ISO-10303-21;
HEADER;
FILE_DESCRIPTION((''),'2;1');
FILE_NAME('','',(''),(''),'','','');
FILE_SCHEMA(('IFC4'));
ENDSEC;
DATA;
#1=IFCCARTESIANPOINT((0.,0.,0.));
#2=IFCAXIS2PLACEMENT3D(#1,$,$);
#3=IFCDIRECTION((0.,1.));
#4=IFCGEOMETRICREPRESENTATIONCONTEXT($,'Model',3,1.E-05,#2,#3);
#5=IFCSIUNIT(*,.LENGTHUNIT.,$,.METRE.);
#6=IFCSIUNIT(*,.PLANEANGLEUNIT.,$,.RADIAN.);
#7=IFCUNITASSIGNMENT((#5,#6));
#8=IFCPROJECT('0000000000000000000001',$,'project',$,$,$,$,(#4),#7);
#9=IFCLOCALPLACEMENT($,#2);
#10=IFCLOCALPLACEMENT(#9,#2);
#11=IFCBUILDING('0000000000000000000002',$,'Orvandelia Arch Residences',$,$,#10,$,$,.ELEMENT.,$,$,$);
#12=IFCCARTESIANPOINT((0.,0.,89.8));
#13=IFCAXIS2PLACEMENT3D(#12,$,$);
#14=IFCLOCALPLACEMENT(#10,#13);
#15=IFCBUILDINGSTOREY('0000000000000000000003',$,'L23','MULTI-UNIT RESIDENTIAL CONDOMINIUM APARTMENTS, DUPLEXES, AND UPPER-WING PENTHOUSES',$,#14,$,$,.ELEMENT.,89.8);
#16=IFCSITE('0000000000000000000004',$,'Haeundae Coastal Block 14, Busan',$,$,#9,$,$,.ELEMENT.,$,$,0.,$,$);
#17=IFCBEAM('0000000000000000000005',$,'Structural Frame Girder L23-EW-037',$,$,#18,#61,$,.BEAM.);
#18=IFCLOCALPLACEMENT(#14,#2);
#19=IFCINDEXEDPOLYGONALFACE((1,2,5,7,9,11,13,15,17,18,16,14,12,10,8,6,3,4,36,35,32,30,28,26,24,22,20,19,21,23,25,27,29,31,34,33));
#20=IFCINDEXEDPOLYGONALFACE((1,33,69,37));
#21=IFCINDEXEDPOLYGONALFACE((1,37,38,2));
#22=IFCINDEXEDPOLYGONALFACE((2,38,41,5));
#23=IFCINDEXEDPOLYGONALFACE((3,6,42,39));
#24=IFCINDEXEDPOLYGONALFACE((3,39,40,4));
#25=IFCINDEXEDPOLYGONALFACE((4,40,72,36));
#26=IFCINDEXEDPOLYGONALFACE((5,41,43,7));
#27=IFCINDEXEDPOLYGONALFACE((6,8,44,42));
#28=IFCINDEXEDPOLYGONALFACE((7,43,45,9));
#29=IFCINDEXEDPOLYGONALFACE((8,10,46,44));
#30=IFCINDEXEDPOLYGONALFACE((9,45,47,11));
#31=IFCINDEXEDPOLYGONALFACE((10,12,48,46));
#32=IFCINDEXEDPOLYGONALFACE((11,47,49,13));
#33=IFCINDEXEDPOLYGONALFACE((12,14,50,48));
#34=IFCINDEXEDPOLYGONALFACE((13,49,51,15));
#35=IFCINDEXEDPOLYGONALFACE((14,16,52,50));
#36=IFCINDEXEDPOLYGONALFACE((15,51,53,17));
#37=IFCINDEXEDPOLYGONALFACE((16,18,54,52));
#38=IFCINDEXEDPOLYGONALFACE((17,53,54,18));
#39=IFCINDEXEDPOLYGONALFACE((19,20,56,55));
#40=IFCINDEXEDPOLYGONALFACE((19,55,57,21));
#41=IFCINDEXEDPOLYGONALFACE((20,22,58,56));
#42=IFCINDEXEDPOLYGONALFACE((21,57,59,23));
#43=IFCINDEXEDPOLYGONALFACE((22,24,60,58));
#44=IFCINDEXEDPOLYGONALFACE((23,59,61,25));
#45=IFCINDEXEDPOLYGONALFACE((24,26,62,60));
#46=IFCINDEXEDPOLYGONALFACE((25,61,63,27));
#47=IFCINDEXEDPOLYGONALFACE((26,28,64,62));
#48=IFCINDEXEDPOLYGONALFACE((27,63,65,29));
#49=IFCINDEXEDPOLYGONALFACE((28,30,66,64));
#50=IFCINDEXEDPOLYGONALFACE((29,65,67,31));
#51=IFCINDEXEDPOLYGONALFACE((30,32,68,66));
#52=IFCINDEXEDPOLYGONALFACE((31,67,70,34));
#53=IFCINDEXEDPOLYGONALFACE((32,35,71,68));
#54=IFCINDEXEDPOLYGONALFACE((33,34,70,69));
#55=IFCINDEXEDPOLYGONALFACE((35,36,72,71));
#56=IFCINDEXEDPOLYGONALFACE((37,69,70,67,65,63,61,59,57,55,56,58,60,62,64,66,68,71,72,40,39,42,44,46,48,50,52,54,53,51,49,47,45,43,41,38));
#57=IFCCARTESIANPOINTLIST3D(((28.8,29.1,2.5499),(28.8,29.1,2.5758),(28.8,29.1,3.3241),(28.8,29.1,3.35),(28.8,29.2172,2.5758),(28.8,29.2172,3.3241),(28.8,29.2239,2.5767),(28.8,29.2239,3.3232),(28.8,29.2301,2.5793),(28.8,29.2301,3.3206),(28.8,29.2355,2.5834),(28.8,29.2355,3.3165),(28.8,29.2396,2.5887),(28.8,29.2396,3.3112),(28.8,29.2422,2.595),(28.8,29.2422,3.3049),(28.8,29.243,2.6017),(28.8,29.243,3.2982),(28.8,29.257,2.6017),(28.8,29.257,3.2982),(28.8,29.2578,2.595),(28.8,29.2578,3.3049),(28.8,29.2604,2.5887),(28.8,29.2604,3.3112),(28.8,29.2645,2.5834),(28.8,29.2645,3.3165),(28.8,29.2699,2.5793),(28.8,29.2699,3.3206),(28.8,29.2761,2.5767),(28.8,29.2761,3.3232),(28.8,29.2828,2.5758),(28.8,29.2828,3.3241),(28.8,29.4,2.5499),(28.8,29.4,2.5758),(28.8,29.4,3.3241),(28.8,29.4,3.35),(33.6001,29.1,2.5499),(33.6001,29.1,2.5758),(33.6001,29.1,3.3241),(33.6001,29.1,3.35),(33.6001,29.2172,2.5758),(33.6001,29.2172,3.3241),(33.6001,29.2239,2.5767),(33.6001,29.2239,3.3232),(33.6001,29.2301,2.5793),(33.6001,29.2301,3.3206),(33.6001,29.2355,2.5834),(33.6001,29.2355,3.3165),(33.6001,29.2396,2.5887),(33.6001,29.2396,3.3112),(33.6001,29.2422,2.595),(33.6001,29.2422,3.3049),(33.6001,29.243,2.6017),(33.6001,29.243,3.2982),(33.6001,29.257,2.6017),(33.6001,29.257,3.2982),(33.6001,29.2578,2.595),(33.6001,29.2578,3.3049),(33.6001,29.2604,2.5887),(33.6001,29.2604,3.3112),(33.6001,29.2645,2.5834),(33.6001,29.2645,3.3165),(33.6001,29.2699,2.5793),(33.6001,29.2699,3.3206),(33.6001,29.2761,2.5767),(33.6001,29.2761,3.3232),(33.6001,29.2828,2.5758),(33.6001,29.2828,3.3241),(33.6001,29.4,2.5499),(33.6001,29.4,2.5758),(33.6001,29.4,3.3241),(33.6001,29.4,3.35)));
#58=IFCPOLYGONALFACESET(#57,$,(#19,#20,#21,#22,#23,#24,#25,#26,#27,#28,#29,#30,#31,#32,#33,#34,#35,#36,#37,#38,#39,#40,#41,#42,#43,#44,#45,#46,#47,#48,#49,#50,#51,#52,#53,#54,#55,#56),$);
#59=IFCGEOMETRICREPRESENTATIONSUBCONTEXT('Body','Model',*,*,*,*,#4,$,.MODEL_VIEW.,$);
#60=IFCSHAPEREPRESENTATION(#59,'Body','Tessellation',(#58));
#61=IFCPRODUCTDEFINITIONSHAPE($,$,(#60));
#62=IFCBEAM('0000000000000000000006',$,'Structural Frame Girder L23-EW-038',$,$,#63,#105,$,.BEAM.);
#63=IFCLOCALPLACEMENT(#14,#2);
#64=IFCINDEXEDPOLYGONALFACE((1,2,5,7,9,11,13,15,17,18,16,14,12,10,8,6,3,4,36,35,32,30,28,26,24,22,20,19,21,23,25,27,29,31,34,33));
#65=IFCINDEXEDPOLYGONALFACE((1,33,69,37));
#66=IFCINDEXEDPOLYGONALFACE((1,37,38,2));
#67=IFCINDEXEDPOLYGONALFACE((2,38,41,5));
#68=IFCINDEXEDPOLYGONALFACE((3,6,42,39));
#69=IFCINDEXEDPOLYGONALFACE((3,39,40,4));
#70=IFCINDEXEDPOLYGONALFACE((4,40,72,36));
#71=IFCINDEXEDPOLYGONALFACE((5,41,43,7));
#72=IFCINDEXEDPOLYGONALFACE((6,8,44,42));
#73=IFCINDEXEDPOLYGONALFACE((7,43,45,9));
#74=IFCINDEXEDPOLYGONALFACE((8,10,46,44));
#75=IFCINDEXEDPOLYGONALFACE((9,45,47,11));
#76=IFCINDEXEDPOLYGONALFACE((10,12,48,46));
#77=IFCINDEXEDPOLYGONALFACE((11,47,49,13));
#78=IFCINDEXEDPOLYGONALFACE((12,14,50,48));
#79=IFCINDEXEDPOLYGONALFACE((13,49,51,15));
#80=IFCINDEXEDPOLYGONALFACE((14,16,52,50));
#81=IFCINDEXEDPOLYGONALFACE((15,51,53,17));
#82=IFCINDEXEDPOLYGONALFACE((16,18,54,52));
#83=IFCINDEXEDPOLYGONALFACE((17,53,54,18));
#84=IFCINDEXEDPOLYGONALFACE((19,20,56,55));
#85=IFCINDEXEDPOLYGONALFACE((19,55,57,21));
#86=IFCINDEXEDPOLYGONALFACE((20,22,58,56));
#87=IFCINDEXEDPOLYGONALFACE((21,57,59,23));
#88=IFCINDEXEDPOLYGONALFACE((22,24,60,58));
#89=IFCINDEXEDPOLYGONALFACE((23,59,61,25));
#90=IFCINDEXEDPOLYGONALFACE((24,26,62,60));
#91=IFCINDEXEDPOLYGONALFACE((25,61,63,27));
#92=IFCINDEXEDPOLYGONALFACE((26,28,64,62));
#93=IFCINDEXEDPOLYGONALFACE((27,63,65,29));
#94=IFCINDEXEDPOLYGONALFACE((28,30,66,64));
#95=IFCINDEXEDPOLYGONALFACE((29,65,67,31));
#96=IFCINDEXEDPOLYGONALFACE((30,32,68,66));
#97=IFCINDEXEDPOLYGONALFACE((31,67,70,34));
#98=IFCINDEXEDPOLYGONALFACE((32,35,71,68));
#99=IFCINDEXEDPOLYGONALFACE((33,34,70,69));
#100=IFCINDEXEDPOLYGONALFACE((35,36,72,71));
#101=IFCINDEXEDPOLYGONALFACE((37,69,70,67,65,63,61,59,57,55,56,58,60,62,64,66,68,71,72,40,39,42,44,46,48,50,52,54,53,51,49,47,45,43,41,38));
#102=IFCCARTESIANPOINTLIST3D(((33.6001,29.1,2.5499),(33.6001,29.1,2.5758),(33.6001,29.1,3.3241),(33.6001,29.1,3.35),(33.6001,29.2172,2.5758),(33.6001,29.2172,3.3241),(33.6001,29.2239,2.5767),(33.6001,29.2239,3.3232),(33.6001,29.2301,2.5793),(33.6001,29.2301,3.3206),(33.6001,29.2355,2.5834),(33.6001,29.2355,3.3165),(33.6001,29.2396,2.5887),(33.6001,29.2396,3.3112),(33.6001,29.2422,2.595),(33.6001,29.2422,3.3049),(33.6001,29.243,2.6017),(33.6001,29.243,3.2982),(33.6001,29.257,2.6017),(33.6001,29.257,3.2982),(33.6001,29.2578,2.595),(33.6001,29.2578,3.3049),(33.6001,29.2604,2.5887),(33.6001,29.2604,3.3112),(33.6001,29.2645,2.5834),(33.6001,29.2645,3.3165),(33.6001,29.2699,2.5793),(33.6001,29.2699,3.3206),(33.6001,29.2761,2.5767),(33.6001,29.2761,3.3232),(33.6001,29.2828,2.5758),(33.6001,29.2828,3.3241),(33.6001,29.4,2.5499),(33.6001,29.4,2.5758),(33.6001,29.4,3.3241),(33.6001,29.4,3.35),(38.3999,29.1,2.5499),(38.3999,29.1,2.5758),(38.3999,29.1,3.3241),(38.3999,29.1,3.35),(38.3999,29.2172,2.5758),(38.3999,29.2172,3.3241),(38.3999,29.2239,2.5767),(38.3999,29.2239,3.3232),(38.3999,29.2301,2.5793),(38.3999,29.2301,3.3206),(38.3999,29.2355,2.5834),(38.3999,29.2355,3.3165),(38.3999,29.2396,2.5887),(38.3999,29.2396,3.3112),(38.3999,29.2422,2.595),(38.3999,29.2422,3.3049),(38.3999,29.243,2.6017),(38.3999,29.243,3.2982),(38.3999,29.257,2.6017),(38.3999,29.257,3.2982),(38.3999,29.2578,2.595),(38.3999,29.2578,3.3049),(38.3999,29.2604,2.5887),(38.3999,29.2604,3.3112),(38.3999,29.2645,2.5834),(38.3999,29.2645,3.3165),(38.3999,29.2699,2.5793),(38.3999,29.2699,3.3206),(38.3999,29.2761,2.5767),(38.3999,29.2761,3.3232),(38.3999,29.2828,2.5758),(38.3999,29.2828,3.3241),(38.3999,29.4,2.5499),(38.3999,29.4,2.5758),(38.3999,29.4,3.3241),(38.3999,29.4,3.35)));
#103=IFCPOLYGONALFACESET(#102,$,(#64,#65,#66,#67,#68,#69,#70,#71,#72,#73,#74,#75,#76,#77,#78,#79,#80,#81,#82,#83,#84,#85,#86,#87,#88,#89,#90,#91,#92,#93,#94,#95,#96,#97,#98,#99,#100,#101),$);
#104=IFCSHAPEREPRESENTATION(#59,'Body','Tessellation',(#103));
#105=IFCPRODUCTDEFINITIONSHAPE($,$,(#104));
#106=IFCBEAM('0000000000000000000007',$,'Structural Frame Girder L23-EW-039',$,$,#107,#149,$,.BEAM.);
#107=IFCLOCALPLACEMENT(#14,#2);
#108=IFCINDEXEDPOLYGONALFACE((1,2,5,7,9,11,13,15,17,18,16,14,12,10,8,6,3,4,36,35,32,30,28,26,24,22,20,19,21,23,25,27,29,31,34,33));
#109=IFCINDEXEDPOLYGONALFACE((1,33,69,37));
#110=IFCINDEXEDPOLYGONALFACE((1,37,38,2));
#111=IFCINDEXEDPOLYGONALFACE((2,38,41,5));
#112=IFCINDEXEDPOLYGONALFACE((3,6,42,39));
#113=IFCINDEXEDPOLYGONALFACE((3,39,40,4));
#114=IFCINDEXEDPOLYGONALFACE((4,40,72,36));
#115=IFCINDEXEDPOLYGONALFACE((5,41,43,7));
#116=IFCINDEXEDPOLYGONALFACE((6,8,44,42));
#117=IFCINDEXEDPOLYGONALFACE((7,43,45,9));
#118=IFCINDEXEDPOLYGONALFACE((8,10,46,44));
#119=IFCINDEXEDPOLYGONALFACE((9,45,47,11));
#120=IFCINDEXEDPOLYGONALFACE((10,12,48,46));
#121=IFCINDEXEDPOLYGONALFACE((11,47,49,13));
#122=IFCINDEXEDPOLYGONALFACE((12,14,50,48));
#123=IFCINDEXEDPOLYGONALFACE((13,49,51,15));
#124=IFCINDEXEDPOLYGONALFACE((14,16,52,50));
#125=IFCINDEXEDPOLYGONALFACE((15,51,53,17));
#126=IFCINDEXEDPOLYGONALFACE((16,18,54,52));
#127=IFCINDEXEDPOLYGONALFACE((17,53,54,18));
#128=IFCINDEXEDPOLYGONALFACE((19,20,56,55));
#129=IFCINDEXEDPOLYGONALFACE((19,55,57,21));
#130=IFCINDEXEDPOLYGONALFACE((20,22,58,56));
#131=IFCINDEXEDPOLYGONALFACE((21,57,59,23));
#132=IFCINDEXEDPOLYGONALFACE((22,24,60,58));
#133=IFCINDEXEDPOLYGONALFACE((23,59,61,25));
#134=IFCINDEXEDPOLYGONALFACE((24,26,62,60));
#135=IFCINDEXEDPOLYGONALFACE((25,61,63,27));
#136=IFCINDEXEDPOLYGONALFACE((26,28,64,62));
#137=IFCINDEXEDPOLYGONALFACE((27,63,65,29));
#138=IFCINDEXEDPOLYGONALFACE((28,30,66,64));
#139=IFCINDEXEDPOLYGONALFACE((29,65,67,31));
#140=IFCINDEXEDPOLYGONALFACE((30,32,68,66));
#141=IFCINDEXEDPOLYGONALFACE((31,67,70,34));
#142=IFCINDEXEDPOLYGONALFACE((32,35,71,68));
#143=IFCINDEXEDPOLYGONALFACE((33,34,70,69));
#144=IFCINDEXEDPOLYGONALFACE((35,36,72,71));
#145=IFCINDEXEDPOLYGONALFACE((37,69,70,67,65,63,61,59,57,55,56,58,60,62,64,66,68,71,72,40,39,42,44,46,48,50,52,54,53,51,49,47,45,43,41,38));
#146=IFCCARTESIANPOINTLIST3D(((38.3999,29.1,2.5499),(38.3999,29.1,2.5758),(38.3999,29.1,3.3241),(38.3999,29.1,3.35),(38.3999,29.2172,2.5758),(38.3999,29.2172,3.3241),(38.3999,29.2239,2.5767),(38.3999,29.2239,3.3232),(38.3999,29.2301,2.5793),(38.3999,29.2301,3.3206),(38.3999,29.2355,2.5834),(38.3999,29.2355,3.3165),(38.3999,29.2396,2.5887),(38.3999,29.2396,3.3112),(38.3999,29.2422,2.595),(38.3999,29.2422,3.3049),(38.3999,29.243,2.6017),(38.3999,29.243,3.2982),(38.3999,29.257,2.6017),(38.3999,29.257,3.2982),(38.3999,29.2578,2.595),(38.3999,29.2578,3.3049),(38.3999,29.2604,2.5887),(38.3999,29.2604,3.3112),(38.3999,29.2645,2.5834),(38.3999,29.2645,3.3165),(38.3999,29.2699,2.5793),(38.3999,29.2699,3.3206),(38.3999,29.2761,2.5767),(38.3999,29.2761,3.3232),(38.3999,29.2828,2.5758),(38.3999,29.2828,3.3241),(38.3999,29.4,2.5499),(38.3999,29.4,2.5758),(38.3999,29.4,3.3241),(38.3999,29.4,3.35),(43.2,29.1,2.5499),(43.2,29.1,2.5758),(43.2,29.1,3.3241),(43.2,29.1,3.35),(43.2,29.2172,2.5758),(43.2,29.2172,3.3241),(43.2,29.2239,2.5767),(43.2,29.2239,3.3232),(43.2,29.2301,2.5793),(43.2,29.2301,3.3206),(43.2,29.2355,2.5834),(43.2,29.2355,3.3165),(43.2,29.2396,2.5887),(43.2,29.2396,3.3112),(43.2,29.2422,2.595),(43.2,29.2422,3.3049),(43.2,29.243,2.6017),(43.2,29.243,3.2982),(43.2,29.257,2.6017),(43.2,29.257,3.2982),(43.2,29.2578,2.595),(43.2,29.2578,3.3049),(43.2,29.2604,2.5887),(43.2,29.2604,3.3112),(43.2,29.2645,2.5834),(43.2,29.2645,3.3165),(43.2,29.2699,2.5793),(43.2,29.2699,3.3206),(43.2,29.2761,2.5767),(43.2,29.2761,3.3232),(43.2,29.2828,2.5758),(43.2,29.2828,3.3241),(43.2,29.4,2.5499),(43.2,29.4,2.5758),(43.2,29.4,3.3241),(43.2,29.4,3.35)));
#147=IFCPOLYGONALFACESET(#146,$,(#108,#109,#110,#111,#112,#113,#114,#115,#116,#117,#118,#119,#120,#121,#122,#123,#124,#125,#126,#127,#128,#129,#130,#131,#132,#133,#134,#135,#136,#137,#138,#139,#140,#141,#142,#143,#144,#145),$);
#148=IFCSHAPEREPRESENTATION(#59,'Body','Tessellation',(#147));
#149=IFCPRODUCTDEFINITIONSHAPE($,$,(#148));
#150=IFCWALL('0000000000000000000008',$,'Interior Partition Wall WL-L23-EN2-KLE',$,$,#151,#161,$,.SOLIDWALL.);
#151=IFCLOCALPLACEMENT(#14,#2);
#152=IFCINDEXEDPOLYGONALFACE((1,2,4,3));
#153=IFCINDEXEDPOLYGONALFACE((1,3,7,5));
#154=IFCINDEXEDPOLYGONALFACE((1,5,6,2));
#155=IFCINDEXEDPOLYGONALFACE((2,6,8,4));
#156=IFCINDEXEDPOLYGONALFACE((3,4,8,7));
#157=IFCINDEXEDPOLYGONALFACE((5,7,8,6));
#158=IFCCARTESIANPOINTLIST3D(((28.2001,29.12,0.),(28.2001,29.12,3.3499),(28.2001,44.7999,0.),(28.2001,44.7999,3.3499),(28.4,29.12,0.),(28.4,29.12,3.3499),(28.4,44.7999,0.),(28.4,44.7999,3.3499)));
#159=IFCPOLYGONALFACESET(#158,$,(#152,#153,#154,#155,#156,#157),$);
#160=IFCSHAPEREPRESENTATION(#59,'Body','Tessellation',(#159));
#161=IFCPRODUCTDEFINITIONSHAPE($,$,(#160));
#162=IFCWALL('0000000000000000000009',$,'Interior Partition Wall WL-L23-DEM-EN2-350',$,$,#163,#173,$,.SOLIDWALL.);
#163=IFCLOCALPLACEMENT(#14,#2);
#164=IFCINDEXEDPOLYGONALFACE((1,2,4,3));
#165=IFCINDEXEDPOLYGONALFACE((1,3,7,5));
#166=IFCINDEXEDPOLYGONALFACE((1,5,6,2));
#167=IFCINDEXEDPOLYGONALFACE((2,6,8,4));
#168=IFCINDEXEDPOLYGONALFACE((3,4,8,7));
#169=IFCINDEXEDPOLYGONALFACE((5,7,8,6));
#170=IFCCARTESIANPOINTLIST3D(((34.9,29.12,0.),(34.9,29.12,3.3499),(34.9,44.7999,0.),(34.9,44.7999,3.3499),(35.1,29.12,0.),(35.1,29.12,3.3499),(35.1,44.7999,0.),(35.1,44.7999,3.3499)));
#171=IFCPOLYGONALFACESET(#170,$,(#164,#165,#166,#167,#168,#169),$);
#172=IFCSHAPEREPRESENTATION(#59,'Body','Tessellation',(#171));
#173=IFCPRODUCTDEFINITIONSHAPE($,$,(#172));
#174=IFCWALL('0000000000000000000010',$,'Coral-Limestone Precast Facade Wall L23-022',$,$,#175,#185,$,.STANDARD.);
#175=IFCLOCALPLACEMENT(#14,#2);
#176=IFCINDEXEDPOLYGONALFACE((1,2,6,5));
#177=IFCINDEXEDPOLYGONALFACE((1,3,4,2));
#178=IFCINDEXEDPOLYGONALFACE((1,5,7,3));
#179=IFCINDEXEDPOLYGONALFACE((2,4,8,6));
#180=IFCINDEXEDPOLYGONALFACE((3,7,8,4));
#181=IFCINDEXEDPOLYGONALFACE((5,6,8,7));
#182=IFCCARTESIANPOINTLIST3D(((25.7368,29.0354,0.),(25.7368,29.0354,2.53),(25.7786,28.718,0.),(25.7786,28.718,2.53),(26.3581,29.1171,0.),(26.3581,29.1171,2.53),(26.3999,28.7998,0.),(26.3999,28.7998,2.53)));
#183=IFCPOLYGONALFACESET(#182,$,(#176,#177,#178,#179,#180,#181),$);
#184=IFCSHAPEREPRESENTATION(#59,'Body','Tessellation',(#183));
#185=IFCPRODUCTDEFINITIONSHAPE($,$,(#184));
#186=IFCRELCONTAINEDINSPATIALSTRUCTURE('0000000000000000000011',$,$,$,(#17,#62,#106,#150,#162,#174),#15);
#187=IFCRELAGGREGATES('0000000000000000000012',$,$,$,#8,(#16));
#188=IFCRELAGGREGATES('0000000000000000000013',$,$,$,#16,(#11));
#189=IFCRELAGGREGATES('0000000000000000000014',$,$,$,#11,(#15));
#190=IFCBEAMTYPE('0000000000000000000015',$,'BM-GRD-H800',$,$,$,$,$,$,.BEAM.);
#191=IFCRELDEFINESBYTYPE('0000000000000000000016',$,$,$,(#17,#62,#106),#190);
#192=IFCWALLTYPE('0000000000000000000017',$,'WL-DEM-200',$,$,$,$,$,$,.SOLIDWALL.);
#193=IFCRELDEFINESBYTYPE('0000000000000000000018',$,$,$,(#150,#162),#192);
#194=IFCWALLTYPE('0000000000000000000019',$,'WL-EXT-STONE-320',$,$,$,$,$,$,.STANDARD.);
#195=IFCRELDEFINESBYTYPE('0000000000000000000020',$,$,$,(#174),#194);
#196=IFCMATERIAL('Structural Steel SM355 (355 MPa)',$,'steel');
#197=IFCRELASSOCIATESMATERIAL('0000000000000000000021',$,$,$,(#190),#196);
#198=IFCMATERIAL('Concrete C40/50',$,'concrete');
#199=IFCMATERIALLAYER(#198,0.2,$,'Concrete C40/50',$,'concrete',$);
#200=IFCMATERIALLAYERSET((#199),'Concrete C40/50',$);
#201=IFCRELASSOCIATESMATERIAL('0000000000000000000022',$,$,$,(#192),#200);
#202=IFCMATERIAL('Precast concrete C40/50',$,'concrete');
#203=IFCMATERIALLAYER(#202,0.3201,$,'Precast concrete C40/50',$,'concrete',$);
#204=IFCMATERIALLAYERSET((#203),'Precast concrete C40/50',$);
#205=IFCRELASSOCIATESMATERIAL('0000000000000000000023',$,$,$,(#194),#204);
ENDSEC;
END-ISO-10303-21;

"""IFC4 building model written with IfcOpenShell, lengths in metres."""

from ifc_helpers import new_model, si_unit, direction, frame, frame_2d, origin, origin_2d, place, context, subcontext, project, spatial, rectangle, i_section, extrude, material, layer, layer_set, material_profile, profile_set, type_object, element, save


model = new_model("IFC4")

# Units and contexts
model_context = context("Model", 3, precision=1e-05, world=origin(), true_north=direction((0.0, 1.0)))
body_context = subcontext(model_context, "Body", "Model", "MODEL_VIEW")
ifc_project = project(units=[si_unit("LENGTHUNIT", "METRE"), si_unit("PLANEANGLEUNIT", "RADIAN")], contexts=[model_context])

# Site, building, storey
site_placement = place(None, origin())
site = spatial("IfcSite", under=ifc_project, at=site_placement, Name="Haeundae Coastal Block 14, Busan", CompositionType="ELEMENT", RefElevation=0.0)
building_placement = place(site_placement, origin())
building = spatial("IfcBuilding", under=site, at=building_placement, Name="Orvandelia Arch Residences", CompositionType="ELEMENT")
storey_placement = place(building_placement, frame((0.0, 0.0, 89.8)))
storey = spatial("IfcBuildingStorey", under=building, at=storey_placement, Name="L23", Description="MULTI-UNIT RESIDENTIAL CONDOMINIUM APARTMENTS, DUPLEXES, AND UPPER-WING PENTHOUSES", CompositionType="ELEMENT", Elevation=89.8)

# Beams
ifc_material_1 = material(Name="Structural Steel SM355 (355 MPa)", Category="steel")
ifc_material_profile_1 = material_profile(ifc_material_1, i_section(OverallWidth=0.3, OverallDepth=0.8, WebThickness=0.0139, FlangeThickness=0.0259, FilletRadius=0.0259, at=origin_2d()), Name="Structural Steel SM355 (355 MPa)", Category="steel")
ifc_profile_set_1 = profile_set([ifc_material_profile_1], Name="Structural Steel SM355 (355 MPa)")
beam_type = type_object("IfcBeamType", Name="BM-GRD-H800", PredefinedType="BEAM", material=ifc_profile_set_1)
beam_1_placement = place(storey_placement, frame((28.8, 29.25, 2.95), z_axis=(1.0, 0.0, 0.0), x_axis=(0.0, 1.0, 0.0)))
element("IfcBeam", 1, at=beam_1_placement, inside=storey, type_object=beam_type, Name="Structural Frame Girder L23-EW-037", PredefinedType="BEAM", context=body_context, shape_type="SweptSolid", body=[
    extrude(i_section(OverallWidth=0.3, OverallDepth=0.8, WebThickness=0.0139, FlangeThickness=0.0259, FilletRadius=0.0259, at=origin_2d()), origin(), (0.0, 0.0, 1.0), 4.8),
])
beam_2_placement = place(storey_placement, frame((33.6001, 29.25, 2.95), z_axis=(1.0, 0.0, 0.0), x_axis=(0.0, 1.0, 0.0)))
element("IfcBeam", 2, at=beam_2_placement, inside=storey, type_object=beam_type, Name="Structural Frame Girder L23-EW-038", PredefinedType="BEAM", context=body_context, shape_type="SweptSolid", body=[
    extrude(i_section(OverallWidth=0.3, OverallDepth=0.8, WebThickness=0.0139, FlangeThickness=0.0259, FilletRadius=0.0259, at=origin_2d()), origin(), (0.0, 0.0, 1.0), 4.7998),
])
beam_3_placement = place(storey_placement, frame((38.3999, 29.25, 2.95), z_axis=(1.0, 0.0, 0.0), x_axis=(0.0, 1.0, 0.0)))
element("IfcBeam", 3, at=beam_3_placement, inside=storey, type_object=beam_type, Name="Structural Frame Girder L23-EW-039", PredefinedType="BEAM", context=body_context, shape_type="SweptSolid", body=[
    extrude(i_section(OverallWidth=0.3, OverallDepth=0.8, WebThickness=0.0139, FlangeThickness=0.0259, FilletRadius=0.0259, at=origin_2d()), origin(), (0.0, 0.0, 1.0), 4.8),
])

# Walls
ifc_material_2 = material(Name="Concrete C40/50", Category="concrete")
ifc_layer_1 = layer(ifc_material_2, 0.2, Name="Concrete C40/50", Category="concrete")
ifc_layer_set_1 = layer_set([ifc_layer_1], Name="Concrete C40/50")
wall_type_1 = type_object("IfcWallType", Name="WL-DEM-200", PredefinedType="SOLIDWALL", material=ifc_layer_set_1)
for number, where, z_axis, x_axis, name in (
    (4, (28.3, 29.1201, 0.0), (0.0, 0.0, 1.0), (0.0, 1.0, 0.0), "Interior Partition Wall WL-L23-EN2-KLE"),
    (5, (35.0, 29.1201, 0.0), (0.0, 0.0, 1.0), (0.0, 1.0, 0.0), "Interior Partition Wall WL-L23-DEM-EN2-350"),
):
    element("IfcWall", number, at=place(storey_placement, frame(where, z_axis=z_axis, x_axis=x_axis)), inside=storey, type_object=wall_type_1, Name=name, PredefinedType="SOLIDWALL", context=body_context, shape_type="SweptSolid", body=[
        extrude(rectangle(XDim=15.6799, YDim=0.2, at=frame_2d((7.8398, 0.0))), origin(), (0.0, 0.0, 1.0), 3.3499),
    ])
ifc_material_3 = material(Name="Precast concrete C40/50", Category="concrete")
ifc_layer_2 = layer(ifc_material_3, 0.3201, Name="Precast concrete C40/50", Category="concrete")
ifc_layer_set_2 = layer_set([ifc_layer_2], Name="Precast concrete C40/50")
wall_type_2 = type_object("IfcWallType", Name="WL-EXT-STONE-320", PredefinedType="STANDARD", material=ifc_layer_set_2)
wall_1_placement = place(storey_placement, frame((26.3792, 28.9585, 0.0), z_axis=(0.0, 0.0, 1.0), x_axis=(-0.991448, -0.130505, 0.0)))
element("IfcWall", 6, at=wall_1_placement, inside=storey, type_object=wall_type_2, Name="Coral-Limestone Precast Facade Wall L23-022", PredefinedType="STANDARD", context=body_context, shape_type="SweptSolid", body=[
    extrude(rectangle(XDim=0.6267, YDim=0.3201, at=frame_2d((0.3135, 0.0))), origin(), (0.0, 0.0, 1.0), 2.53),
])

save(model, "model.ifc")
